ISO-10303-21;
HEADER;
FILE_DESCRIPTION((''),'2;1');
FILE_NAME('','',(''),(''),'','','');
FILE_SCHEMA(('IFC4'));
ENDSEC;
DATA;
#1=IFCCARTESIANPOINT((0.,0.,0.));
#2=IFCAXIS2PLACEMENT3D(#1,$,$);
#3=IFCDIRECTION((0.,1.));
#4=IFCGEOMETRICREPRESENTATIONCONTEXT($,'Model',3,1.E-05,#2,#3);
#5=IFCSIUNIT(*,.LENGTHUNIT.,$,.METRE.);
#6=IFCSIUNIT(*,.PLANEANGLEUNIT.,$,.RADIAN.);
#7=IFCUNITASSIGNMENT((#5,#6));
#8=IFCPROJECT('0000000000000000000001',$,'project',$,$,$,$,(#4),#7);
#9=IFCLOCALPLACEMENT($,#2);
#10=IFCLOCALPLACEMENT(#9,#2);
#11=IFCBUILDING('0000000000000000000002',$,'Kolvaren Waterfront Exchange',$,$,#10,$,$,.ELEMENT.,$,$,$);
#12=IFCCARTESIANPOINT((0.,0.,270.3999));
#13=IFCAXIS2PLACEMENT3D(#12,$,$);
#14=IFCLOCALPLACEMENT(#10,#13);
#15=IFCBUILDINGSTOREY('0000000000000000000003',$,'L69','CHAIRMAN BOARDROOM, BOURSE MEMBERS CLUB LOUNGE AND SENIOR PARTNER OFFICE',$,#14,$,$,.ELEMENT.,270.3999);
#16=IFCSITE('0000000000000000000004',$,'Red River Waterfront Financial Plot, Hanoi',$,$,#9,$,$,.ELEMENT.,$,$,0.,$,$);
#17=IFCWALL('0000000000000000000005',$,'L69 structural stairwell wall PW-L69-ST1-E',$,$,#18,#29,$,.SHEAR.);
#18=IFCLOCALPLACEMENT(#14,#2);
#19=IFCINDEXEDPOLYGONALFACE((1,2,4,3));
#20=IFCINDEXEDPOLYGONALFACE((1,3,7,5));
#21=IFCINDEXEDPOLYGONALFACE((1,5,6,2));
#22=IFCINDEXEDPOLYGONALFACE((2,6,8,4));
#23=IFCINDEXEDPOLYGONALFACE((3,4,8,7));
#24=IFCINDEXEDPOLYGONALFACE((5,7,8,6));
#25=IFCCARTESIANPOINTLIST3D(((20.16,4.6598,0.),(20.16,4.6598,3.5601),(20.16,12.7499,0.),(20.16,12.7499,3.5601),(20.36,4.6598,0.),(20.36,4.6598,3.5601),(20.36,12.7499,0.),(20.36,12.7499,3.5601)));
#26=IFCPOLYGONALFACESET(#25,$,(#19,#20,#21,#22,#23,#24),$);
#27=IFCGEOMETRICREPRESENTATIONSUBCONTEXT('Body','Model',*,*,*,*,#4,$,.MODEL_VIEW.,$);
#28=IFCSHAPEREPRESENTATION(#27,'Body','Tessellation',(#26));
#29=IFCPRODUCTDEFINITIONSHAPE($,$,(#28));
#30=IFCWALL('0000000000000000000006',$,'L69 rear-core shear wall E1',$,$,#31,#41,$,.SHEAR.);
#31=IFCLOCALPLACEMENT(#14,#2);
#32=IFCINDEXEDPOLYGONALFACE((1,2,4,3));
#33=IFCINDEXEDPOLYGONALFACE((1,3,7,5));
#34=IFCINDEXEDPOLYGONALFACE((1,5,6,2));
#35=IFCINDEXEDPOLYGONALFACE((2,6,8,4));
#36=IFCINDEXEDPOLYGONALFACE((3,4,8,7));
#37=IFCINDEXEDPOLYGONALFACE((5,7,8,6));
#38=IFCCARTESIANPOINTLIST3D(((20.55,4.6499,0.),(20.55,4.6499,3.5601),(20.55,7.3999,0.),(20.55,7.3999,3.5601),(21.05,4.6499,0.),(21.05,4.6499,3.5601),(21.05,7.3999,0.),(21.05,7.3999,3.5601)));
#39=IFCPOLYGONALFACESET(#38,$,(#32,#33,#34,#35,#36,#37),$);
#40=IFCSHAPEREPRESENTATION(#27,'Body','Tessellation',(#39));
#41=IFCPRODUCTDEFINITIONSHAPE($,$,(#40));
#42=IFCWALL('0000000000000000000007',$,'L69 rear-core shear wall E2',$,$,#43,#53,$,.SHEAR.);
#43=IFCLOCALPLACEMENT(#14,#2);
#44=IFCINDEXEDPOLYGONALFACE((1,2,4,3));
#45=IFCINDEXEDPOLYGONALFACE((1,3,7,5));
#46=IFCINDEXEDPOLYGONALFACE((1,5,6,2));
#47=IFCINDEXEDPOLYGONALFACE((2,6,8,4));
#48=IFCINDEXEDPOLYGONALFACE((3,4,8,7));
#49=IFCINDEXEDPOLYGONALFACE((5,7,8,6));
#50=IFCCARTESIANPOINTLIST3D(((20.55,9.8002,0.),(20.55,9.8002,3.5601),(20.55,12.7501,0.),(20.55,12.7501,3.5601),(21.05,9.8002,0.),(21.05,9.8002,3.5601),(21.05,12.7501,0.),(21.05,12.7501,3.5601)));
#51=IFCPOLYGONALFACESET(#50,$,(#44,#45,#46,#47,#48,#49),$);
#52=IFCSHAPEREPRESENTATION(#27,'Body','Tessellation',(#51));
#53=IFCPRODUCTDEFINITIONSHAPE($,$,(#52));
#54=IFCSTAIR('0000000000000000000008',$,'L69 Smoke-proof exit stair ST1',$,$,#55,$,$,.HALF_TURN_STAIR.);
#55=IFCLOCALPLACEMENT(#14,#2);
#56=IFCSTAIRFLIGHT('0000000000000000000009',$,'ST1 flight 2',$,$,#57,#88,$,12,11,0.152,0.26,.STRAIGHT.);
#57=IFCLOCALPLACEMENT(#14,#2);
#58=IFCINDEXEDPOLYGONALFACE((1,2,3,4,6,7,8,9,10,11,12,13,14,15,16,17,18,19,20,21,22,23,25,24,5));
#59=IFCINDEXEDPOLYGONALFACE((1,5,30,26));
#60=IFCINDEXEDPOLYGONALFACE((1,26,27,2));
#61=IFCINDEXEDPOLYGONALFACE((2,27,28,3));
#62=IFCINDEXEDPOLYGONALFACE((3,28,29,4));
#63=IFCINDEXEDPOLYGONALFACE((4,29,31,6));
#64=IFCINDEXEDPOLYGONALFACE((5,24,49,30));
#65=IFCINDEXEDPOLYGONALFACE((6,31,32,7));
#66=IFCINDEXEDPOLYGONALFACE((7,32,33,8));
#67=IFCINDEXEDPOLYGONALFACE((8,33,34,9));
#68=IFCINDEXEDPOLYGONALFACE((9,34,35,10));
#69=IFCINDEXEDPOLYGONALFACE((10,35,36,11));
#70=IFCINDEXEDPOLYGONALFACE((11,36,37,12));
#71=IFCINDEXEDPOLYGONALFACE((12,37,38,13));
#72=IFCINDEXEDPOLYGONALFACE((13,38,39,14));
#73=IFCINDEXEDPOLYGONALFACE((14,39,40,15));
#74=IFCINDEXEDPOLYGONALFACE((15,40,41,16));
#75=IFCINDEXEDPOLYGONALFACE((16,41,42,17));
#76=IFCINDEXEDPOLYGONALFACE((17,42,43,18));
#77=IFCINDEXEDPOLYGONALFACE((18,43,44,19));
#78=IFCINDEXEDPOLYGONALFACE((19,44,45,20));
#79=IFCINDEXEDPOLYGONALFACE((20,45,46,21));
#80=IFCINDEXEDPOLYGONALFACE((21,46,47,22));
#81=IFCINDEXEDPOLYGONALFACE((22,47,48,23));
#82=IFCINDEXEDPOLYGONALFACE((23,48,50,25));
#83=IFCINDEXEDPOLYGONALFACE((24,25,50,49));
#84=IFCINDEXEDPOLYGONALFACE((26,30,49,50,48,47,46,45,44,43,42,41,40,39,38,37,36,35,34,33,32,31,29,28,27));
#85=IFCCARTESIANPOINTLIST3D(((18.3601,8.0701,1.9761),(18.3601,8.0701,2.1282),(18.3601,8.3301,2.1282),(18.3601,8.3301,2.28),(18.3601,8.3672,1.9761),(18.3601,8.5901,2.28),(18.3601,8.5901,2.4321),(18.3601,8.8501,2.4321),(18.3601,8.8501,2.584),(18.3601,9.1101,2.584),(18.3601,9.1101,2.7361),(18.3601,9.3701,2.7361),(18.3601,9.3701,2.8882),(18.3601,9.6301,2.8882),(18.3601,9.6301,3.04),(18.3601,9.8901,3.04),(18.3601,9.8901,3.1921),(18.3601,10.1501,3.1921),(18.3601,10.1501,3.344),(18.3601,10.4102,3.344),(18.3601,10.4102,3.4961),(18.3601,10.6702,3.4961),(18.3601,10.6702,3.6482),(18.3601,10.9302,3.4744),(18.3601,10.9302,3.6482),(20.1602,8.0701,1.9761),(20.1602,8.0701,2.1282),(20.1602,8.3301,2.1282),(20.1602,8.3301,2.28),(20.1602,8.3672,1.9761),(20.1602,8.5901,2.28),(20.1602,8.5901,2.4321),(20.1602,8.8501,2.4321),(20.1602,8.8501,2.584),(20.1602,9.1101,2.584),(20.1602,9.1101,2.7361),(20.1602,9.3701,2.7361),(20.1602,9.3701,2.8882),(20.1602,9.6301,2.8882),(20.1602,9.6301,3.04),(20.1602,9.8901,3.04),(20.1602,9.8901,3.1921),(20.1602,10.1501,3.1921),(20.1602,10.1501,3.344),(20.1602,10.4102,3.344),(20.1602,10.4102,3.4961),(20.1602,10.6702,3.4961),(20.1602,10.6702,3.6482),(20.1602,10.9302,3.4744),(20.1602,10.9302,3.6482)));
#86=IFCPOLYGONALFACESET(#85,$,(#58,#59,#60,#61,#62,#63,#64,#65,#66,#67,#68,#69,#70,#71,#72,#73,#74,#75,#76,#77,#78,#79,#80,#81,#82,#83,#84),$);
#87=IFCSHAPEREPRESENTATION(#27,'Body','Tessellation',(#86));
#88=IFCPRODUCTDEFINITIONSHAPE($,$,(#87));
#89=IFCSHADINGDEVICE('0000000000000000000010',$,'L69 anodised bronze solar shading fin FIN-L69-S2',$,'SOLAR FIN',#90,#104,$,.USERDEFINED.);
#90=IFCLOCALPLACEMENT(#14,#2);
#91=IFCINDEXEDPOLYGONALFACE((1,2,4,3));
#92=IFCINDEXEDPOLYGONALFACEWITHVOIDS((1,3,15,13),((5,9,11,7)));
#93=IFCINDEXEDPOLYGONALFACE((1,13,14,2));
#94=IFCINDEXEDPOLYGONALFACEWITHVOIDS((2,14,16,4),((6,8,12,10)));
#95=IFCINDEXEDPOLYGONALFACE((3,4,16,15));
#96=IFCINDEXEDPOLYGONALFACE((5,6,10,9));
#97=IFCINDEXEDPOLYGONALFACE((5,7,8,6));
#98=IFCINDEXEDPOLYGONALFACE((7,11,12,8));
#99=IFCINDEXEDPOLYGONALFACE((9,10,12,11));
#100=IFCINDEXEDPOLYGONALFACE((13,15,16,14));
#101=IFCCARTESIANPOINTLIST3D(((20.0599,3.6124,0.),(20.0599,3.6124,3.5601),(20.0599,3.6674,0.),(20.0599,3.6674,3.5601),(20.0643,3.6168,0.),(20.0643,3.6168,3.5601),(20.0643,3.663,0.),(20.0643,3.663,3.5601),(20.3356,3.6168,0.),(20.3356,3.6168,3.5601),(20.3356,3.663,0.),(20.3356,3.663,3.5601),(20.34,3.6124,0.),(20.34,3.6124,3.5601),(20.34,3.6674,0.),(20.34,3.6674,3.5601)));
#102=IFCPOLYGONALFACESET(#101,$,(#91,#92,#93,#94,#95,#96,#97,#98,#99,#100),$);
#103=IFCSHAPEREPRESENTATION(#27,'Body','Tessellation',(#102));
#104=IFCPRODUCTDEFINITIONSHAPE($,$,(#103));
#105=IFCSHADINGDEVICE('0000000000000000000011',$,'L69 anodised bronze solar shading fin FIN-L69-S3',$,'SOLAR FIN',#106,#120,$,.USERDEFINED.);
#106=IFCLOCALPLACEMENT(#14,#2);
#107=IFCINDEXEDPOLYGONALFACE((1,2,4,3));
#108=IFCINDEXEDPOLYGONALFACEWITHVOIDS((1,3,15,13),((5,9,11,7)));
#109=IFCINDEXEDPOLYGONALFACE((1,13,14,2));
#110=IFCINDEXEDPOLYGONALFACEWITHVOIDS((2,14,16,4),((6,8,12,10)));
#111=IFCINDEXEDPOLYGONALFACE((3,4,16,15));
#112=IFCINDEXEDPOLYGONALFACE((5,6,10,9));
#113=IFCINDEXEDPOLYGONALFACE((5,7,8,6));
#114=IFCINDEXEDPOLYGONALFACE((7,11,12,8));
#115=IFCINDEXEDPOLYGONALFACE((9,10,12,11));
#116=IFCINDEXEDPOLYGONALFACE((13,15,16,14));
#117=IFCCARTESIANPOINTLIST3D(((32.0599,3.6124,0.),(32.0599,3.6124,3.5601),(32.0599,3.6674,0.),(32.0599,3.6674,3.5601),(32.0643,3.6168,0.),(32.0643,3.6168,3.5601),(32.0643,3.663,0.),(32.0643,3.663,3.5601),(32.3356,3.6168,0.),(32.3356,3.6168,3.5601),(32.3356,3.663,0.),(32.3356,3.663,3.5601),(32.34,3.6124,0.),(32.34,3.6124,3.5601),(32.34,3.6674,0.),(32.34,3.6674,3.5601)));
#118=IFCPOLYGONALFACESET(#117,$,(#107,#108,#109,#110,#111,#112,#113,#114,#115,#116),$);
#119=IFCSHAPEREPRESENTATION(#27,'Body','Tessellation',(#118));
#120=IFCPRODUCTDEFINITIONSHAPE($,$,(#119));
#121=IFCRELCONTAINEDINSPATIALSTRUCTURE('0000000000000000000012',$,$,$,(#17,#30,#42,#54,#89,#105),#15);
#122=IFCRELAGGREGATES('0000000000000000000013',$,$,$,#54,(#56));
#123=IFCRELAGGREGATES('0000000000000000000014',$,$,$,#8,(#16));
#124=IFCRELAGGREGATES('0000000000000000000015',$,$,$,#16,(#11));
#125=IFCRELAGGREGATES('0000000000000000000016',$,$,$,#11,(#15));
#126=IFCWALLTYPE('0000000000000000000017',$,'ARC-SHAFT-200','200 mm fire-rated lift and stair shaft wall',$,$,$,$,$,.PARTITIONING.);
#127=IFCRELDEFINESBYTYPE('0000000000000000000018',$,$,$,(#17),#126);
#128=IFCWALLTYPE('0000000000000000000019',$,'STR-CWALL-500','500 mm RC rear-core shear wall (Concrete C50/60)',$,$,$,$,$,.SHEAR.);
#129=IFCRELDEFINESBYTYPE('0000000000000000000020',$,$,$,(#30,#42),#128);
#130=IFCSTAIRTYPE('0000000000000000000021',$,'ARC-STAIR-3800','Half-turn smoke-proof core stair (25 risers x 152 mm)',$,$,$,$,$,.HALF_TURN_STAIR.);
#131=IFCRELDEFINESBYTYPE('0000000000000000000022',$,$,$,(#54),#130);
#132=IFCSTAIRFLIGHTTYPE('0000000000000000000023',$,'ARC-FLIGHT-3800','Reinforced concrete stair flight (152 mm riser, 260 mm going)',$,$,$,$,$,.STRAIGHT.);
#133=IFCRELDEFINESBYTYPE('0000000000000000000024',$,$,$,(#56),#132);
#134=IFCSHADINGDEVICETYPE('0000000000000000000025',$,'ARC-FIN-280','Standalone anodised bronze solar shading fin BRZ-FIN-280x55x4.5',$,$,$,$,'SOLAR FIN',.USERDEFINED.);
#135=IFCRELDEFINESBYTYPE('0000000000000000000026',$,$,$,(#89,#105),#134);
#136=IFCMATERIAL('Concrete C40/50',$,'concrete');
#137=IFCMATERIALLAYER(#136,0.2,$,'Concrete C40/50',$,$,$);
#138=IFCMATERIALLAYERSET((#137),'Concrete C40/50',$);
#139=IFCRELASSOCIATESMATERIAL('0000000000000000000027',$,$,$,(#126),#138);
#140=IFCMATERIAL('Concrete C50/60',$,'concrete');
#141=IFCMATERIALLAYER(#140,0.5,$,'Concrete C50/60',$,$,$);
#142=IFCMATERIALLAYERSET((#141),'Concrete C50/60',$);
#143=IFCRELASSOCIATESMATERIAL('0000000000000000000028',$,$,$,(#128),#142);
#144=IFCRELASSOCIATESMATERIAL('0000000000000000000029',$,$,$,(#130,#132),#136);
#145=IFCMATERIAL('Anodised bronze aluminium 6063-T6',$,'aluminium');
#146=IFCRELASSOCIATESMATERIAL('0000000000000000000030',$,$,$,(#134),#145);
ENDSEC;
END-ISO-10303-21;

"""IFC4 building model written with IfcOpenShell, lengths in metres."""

from ifc_helpers import new_model, si_unit, direction, frame, frame_2d, origin, origin_2d, place, context, subcontext, project, spatial, polyline, rectangle, hollow_rectangle, outline, extrude, material, layer, layer_set, material_profile, profile_set, type_object, element, aggregate, save


model = new_model("IFC4")

# Units and contexts
model_context = context("Model", 3, precision=1e-05, world=origin(), true_north=direction((0.0, 1.0)))
body_context = subcontext(model_context, "Body", "Model", "MODEL_VIEW")
ifc_project = project(units=[si_unit("LENGTHUNIT", "METRE"), si_unit("PLANEANGLEUNIT", "RADIAN")], contexts=[model_context])

# Site, building, storey
site_placement = place(None, origin())
site = spatial("IfcSite", under=ifc_project, at=site_placement, Name="Red River Waterfront Financial Plot, Hanoi", CompositionType="ELEMENT", RefElevation=0.0)
building_placement = place(site_placement, origin())
building = spatial("IfcBuilding", under=site, at=building_placement, Name="Kolvaren Waterfront Exchange", CompositionType="ELEMENT")
storey_placement = place(building_placement, frame((0.0, 0.0, 270.3999)))
storey = spatial("IfcBuildingStorey", under=building, at=storey_placement, Name="L69", Description="CHAIRMAN BOARDROOM, BOURSE MEMBERS CLUB LOUNGE AND SENIOR PARTNER OFFICE", CompositionType="ELEMENT", Elevation=270.3999)

# Shared definitions
ifc_material_1 = material(Name="Concrete C50/60", Category="concrete")

# Shared definitions
ifc_material_2 = material(Name="Anodised bronze aluminium 6063-T6", Category="aluminium")

# Walls
ifc_material_3 = material(Name="Concrete C40/50", Category="concrete")
ifc_layer_1 = layer(ifc_material_3, 0.2, Name="Concrete C40/50")
ifc_layer_set_1 = layer_set([ifc_layer_1], Name="Concrete C40/50")
wall_type_1 = type_object("IfcWallType", Name="ARC-SHAFT-200", Description="200 mm fire-rated lift and stair shaft wall", PredefinedType="PARTITIONING", material=ifc_layer_set_1)
wall_1_placement = place(storey_placement, frame((20.26, 4.6599, 0.0), z_axis=(0.0, 0.0, 1.0), x_axis=(0.0, 1.0, 0.0)))
element("IfcWall", 1, at=wall_1_placement, inside=storey, type_object=wall_type_1, Name="L69 structural stairwell wall PW-L69-ST1-E", PredefinedType="SHEAR", context=body_context, shape_type="SweptSolid", body=[
    extrude(rectangle(XDim=8.0901, YDim=0.2, at=frame_2d((4.0449, 0.0))), origin(), (0.0, 0.0, 1.0), 3.5601),
])
ifc_layer_2 = layer(ifc_material_1, 0.5, Name="Concrete C50/60")
ifc_layer_set_2 = layer_set([ifc_layer_2], Name="Concrete C50/60")
wall_type_2 = type_object("IfcWallType", Name="STR-CWALL-500", Description="500 mm RC rear-core shear wall (Concrete C50/60)", PredefinedType="SHEAR", material=ifc_layer_set_2)
wall_2_placement = place(storey_placement, frame((20.8, 4.6499, 0.0), z_axis=(0.0, 0.0, 1.0), x_axis=(0.0, 1.0, 0.0)))
element("IfcWall", 2, at=wall_2_placement, inside=storey, type_object=wall_type_2, Name="L69 rear-core shear wall E1", PredefinedType="SHEAR", context=body_context, shape_type="SweptSolid", body=[
    extrude(rectangle(XDim=2.75, YDim=0.5, at=frame_2d((1.375, 0.0))), origin(), (0.0, 0.0, 1.0), 3.5601),
])
wall_3_placement = place(storey_placement, frame((20.8, 9.8, 0.0), z_axis=(0.0, 0.0, 1.0), x_axis=(0.0, 1.0, 0.0)))
element("IfcWall", 3, at=wall_3_placement, inside=storey, type_object=wall_type_2, Name="L69 rear-core shear wall E2", PredefinedType="SHEAR", context=body_context, shape_type="SweptSolid", body=[
    extrude(rectangle(XDim=2.95, YDim=0.5, at=frame_2d((1.4751, 0.0))), origin(), (0.0, 0.0, 1.0), 3.5601),
])

# Stair, stair flight
stair_type = type_object("IfcStairType", Name="ARC-STAIR-3800", Description="Half-turn smoke-proof core stair (25 risers x 152 mm)", PredefinedType="HALF_TURN_STAIR", material=ifc_material_3)
stair_placement = place(storey_placement, origin())
stair = element("IfcStair", 4, at=stair_placement, inside=storey, type_object=stair_type, Name="L69 Smoke-proof exit stair ST1", PredefinedType="HALF_TURN_STAIR")
stair_flight_type = type_object("IfcStairFlightType", Name="ARC-FLIGHT-3800", Description="Reinforced concrete stair flight (152 mm riser, 260 mm going)", PredefinedType="STRAIGHT", material=ifc_material_3)
stair_flight_placement = place(storey_placement, frame((19.26, 8.0701, 1.9761), z_axis=(0.0, 0.0, 1.0), x_axis=(0.0, 1.0, 0.0)))
stair_flight = element("IfcStairFlight", 5, at=stair_flight_placement, type_object=stair_flight_type, Name="ST1 flight 2", NumberOfRisers=12, NumberOfTreads=11, PredefinedType="STRAIGHT", RiserHeight=0.152, TreadLength=0.26, context=body_context, shape_type="SweptSolid", body=[
    extrude(outline(polyline([(0.0, 0.0), (0.0, 0.1521), (0.26, 0.1521), (0.26, 0.304), (0.52, 0.304), (0.52, 0.4561), (0.78, 0.4561), (0.78, 0.6079), (1.04, 0.6079), (1.04, 0.76), (1.3, 0.76), (1.3, 0.9121), (1.5601, 0.9121), (1.5601, 1.064), (1.8201, 1.064), (1.8201, 1.2161), (2.0801, 1.2161), (2.0801, 1.3679), (2.3401, 1.3679), (2.3401, 1.52), (2.6001, 1.52), (2.6001, 1.6721), (2.8601, 1.6721), (2.8601, 1.824), (2.8601, 1.4983), (0.2971, 0.0), (0.0, 0.0)])), frame((0.0, 0.8999, 0.0), z_axis=(0.0, -1.0, 0.0), x_axis=(1.0, 0.0, 0.0)), (0.0, 0.0, 1.0), 1.8),
])
aggregate(stair, [stair_flight])

# Shading devices
ifc_material_profile_1 = material_profile(ifc_material_2, hollow_rectangle(XDim=0.0549, YDim=0.28, WallThickness=0.0044, at=origin_2d()), Name="BRZ-FIN-280x55x4.5")
ifc_profile_set_1 = profile_set([ifc_material_profile_1], Name="Anodised bronze aluminium 6063-T6")
shading_device_type = type_object("IfcShadingDeviceType", Name="ARC-FIN-280", Description="Standalone anodised bronze solar shading fin BRZ-FIN-280x55x4.5", ElementType="SOLAR FIN", PredefinedType="USERDEFINED", material=ifc_profile_set_1)
for number, where, z_axis, x_axis, name in (
    (6, (20.2, 3.6399, 0.0), (0.0, 0.0, 1.0), (0.0, -1.0, 0.0), "L69 anodised bronze solar shading fin FIN-L69-S2"),
    (7, (32.2, 3.6399, 0.0), (0.0, 0.0, 1.0), (0.0, -1.0, 0.0), "L69 anodised bronze solar shading fin FIN-L69-S3"),
):
    element("IfcShadingDevice", number, at=place(storey_placement, frame(where, z_axis=z_axis, x_axis=x_axis)), inside=storey, type_object=shading_device_type, Name=name, ObjectType="SOLAR FIN", PredefinedType="USERDEFINED", context=body_context, shape_type="SweptSolid", body=[
        extrude(hollow_rectangle(XDim=0.0549, YDim=0.28, WallThickness=0.0044, at=origin_2d()), origin(), (0.0, 0.0, 1.0), 3.5601),
    ])

save(model, "model.ifc")
